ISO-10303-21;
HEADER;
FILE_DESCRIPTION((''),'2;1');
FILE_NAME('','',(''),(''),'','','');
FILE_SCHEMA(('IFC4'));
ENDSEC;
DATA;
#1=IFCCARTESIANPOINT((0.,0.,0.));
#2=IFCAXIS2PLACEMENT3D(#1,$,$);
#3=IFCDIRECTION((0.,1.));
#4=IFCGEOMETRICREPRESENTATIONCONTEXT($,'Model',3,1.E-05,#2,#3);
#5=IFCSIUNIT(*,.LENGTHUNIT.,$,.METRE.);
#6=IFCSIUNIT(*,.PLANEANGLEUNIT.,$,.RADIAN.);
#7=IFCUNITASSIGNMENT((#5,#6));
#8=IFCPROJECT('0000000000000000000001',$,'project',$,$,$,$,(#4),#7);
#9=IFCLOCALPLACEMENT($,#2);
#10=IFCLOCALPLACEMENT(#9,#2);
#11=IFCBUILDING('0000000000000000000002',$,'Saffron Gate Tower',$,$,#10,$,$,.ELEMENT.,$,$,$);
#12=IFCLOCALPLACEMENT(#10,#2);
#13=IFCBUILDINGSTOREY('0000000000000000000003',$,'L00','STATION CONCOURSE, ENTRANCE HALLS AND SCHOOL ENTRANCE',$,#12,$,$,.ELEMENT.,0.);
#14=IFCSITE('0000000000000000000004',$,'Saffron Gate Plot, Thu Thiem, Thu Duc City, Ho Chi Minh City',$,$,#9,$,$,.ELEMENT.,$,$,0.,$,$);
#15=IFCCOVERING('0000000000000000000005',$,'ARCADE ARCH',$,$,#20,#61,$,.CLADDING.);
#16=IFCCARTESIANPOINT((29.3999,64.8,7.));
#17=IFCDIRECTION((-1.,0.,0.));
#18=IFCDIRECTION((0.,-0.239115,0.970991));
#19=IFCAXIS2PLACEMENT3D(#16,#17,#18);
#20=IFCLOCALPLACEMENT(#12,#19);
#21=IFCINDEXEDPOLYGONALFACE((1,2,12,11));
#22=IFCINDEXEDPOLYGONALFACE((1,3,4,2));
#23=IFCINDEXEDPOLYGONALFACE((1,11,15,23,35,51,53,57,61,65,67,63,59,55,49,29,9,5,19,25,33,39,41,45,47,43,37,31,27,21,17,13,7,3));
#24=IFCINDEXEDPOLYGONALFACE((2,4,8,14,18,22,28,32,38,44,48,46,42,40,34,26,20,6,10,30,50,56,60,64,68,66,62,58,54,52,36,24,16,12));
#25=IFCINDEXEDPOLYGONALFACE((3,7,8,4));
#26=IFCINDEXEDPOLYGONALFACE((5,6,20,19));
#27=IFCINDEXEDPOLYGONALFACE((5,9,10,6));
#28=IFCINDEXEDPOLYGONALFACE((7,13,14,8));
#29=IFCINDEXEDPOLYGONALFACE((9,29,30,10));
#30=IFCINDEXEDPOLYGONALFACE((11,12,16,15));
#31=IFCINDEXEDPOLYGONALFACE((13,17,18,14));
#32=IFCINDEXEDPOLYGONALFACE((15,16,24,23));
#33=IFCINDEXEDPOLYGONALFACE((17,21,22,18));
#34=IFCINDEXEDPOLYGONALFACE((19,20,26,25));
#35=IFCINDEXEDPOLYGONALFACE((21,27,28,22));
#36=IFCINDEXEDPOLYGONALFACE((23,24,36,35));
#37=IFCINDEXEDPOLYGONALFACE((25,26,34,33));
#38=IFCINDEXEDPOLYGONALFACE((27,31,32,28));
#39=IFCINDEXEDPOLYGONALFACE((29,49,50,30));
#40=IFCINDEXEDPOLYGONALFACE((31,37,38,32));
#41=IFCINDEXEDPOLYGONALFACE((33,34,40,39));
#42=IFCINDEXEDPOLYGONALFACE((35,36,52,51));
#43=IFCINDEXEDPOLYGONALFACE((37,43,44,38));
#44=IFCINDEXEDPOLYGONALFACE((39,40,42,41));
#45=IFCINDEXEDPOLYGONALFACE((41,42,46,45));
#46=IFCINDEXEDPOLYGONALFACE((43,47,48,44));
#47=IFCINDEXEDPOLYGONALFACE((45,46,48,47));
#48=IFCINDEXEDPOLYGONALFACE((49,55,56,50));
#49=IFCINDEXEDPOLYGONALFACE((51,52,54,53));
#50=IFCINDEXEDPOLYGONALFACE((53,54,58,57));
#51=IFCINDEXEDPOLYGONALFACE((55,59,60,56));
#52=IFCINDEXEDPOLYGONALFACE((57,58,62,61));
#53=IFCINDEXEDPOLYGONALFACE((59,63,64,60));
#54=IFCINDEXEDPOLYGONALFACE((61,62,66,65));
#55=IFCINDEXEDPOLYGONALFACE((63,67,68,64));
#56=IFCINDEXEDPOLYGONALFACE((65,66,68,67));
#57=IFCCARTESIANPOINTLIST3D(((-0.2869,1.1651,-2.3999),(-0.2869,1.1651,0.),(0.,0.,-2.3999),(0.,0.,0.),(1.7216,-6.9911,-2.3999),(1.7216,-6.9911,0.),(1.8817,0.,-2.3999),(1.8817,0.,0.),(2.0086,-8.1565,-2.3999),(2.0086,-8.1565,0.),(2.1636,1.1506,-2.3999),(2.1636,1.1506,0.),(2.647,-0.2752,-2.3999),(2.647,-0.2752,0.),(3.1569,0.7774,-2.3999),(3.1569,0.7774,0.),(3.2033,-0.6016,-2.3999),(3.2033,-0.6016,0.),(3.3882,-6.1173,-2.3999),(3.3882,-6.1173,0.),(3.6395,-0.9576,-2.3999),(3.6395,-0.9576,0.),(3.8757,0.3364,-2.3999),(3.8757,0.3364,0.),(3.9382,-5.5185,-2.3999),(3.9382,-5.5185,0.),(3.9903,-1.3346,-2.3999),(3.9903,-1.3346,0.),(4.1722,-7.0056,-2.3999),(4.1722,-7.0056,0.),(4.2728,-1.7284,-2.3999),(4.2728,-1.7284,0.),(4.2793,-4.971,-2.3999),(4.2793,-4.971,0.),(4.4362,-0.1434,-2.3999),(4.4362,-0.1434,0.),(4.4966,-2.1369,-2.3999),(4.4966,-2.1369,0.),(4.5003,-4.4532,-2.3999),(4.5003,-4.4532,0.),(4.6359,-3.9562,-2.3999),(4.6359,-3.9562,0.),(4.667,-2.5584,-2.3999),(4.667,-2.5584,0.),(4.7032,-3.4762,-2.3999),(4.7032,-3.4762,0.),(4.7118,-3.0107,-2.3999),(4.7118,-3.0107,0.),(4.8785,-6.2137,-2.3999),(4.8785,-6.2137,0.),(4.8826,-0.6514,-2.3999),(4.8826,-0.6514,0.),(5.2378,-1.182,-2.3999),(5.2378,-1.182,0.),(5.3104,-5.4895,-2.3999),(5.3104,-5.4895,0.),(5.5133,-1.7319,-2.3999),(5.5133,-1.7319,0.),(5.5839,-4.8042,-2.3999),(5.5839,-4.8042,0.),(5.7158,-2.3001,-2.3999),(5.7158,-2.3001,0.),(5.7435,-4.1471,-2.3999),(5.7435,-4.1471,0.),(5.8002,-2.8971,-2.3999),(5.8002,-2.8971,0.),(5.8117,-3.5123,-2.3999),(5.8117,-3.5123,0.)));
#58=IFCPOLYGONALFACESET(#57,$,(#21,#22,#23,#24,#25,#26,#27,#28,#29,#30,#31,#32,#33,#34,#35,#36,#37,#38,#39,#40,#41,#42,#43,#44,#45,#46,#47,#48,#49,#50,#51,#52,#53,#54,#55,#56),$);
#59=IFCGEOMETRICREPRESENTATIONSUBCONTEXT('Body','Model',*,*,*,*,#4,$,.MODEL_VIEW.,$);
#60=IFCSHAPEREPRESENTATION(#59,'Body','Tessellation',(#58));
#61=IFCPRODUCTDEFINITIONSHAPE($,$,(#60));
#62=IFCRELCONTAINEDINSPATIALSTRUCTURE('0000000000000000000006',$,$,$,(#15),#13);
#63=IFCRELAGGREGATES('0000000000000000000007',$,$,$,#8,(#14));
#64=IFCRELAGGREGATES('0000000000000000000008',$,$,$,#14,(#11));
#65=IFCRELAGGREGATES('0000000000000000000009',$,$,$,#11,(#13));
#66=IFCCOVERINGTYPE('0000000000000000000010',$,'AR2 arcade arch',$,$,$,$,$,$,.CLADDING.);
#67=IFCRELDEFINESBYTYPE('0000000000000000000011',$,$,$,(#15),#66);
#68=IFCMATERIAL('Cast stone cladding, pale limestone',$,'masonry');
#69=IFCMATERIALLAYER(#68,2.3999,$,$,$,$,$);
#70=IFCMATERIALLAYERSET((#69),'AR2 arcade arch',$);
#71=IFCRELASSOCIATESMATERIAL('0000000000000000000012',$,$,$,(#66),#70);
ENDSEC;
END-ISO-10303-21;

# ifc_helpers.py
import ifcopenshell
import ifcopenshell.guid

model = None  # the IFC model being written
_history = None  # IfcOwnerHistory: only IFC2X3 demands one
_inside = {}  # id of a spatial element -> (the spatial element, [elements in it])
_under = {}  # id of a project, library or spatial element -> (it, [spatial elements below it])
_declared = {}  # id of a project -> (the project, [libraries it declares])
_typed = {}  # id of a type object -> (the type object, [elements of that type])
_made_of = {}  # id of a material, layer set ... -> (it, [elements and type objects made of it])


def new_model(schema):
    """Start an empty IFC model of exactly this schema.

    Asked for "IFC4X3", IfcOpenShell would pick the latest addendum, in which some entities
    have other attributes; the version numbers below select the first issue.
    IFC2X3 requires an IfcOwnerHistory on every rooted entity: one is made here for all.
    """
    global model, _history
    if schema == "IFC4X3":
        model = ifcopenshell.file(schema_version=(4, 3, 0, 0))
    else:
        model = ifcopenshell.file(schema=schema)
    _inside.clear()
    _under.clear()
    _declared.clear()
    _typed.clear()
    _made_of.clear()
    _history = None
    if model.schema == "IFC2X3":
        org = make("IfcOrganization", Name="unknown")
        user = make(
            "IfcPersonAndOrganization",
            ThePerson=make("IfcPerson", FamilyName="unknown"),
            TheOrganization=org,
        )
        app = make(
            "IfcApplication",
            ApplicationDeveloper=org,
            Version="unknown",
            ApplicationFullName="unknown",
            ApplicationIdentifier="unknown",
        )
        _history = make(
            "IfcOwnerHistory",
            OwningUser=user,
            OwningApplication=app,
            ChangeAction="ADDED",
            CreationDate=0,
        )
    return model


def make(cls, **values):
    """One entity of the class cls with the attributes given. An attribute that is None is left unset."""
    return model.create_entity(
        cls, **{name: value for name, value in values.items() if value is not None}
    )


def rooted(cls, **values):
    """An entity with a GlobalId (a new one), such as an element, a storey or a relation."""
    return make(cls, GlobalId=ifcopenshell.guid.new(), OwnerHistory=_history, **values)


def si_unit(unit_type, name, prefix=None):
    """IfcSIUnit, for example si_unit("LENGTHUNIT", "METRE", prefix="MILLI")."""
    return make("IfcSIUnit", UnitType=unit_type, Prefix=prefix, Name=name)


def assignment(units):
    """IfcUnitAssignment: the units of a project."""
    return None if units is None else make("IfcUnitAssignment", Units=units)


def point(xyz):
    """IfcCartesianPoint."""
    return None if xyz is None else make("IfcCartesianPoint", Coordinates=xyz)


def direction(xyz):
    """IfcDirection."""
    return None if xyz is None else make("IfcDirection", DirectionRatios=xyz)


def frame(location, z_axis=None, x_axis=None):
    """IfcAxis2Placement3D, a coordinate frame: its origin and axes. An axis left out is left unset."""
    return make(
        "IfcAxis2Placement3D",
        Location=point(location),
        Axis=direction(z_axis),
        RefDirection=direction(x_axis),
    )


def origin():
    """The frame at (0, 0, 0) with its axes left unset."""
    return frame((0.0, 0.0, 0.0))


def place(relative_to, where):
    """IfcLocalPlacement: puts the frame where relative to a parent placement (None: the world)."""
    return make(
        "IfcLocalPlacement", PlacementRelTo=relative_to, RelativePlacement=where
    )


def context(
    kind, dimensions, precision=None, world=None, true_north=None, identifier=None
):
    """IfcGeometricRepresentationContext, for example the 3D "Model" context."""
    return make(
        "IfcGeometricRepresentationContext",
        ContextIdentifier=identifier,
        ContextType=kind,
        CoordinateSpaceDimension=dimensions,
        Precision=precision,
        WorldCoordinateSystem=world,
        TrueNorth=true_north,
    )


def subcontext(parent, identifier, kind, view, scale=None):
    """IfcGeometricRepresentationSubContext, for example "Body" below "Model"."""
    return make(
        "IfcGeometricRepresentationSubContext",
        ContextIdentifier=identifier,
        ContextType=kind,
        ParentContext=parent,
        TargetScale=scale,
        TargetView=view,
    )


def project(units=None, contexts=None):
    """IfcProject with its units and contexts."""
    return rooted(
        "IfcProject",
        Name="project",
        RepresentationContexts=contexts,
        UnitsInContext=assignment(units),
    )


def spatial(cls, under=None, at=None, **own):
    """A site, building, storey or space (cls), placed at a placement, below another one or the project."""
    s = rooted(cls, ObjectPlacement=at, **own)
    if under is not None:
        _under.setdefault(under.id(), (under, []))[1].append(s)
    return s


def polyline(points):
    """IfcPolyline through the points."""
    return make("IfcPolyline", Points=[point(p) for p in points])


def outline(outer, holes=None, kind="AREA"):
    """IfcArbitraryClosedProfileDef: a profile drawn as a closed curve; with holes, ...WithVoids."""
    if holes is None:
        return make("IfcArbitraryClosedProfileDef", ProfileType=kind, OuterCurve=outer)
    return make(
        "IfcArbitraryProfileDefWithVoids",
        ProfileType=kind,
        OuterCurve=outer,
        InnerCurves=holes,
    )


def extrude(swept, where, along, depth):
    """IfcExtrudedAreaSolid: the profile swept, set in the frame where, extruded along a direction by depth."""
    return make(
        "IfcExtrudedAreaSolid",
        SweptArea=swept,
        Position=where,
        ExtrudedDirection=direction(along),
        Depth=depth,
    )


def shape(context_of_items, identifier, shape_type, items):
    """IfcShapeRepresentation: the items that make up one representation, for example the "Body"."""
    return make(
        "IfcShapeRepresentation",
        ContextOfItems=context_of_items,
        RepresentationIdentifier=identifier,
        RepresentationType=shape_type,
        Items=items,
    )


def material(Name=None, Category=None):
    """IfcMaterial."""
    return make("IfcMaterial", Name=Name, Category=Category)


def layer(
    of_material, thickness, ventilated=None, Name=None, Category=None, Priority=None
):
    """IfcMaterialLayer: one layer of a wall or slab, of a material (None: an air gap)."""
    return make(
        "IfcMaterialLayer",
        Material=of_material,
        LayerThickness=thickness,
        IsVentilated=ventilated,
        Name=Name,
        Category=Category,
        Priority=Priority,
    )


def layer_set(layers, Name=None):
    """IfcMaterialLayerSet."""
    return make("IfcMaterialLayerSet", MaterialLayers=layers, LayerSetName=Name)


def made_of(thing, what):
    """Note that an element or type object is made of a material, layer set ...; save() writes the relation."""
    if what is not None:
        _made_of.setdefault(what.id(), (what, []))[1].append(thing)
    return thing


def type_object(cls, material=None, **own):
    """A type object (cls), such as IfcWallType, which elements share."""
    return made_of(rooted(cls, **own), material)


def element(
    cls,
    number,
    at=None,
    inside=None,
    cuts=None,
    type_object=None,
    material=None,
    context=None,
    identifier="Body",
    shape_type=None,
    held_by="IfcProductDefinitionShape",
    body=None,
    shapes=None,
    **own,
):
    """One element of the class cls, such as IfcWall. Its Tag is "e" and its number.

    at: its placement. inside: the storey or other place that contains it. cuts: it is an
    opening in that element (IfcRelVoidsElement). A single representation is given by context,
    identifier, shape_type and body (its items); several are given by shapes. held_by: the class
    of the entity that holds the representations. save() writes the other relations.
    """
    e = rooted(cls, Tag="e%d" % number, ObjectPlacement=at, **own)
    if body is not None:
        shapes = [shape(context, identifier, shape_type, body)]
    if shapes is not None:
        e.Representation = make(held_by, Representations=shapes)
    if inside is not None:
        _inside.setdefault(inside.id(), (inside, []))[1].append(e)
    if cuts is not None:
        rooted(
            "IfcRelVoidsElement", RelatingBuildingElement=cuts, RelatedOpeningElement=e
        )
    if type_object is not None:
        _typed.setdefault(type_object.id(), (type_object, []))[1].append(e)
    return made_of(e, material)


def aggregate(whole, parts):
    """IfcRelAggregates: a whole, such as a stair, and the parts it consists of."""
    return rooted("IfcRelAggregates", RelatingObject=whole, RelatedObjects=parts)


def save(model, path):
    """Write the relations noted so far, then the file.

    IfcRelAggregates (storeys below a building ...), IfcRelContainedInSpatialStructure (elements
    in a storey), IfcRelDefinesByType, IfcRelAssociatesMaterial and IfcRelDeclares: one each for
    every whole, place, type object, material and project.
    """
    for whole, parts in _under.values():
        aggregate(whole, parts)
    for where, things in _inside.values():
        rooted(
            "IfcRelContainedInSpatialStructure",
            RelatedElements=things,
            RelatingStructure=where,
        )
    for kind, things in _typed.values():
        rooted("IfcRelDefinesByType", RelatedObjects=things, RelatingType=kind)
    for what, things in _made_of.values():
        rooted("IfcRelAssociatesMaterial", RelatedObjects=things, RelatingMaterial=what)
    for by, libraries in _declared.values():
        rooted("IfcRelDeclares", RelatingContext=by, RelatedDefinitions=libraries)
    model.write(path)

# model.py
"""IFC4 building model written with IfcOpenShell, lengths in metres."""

from ifc_helpers import new_model, si_unit, direction, frame, origin, place, context, subcontext, project, spatial, polyline, outline, extrude, material, layer, layer_set, type_object, element, save


model = new_model("IFC4")

# Units and contexts
model_context = context("Model", 3, precision=1e-05, world=origin(), true_north=direction((0.0, 1.0)))
body_context = subcontext(model_context, "Body", "Model", "MODEL_VIEW")
ifc_project = project(units=[si_unit("LENGTHUNIT", "METRE"), si_unit("PLANEANGLEUNIT", "RADIAN")], contexts=[model_context])

# Site, building, storey
site_placement = place(None, origin())
site = spatial("IfcSite", under=ifc_project, at=site_placement, Name="Saffron Gate Plot, Thu Thiem, Thu Duc City, Ho Chi Minh City", CompositionType="ELEMENT", RefElevation=0.0)
building_placement = place(site_placement, origin())
building = spatial("IfcBuilding", under=site, at=building_placement, Name="Saffron Gate Tower", CompositionType="ELEMENT")
storey_placement = place(building_placement, origin())
storey = spatial("IfcBuildingStorey", under=building, at=storey_placement, Name="L00", Description="STATION CONCOURSE, ENTRANCE HALLS AND SCHOOL ENTRANCE", CompositionType="ELEMENT", Elevation=0.0)

# Covering
ifc_material_1 = material(Name="Cast stone cladding, pale limestone", Category="masonry")
ifc_layer_1 = layer(ifc_material_1, 2.3999)
ifc_layer_set_1 = layer_set([ifc_layer_1], Name="AR2 arcade arch")
covering_type = type_object("IfcCoveringType", Name="AR2 arcade arch", PredefinedType="CLADDING", material=ifc_layer_set_1)
covering_placement = place(storey_placement, frame((29.3999, 64.8, 7.0), z_axis=(-1.0, 0.0, 0.0), x_axis=(0.0, -0.239115, 0.970991)))
element("IfcCovering", 1, at=covering_placement, inside=storey, type_object=covering_type, Name="ARCADE ARCH", PredefinedType="CLADDING", context=body_context, shape_type="SweptSolid", body=[
    extrude(outline(polyline([(0.0, 0.0), (1.8817, 0.0), (2.647, -0.2752), (3.2033, -0.6016), (3.6395, -0.9576), (3.9903, -1.3346), (4.2728, -1.7284), (4.4966, -2.1369), (4.667, -2.5584), (4.7118, -3.0107), (4.7032, -3.4762), (4.6359, -3.9562), (4.5003, -4.4532), (4.2793, -4.971), (3.9382, -5.5185), (3.3882, -6.1173), (1.7216, -6.9911), (2.0086, -8.1565), (4.1722, -7.0056), (4.8785, -6.2137), (5.3104, -5.4895), (5.5839, -4.8042), (5.7435, -4.1471), (5.8117, -3.5123), (5.8002, -2.8971), (5.7158, -2.3001), (5.5133, -1.7319), (5.2378, -1.182), (4.8826, -0.6514), (4.4362, -0.1434), (3.8757, 0.3364), (3.1569, 0.7774), (2.1636, 1.1506), (-0.2869, 1.1651), (0.0, 0.0)])), origin(), (0.0, 0.0, -1.0), 2.3999),
])

save(model, "model.ifc")
